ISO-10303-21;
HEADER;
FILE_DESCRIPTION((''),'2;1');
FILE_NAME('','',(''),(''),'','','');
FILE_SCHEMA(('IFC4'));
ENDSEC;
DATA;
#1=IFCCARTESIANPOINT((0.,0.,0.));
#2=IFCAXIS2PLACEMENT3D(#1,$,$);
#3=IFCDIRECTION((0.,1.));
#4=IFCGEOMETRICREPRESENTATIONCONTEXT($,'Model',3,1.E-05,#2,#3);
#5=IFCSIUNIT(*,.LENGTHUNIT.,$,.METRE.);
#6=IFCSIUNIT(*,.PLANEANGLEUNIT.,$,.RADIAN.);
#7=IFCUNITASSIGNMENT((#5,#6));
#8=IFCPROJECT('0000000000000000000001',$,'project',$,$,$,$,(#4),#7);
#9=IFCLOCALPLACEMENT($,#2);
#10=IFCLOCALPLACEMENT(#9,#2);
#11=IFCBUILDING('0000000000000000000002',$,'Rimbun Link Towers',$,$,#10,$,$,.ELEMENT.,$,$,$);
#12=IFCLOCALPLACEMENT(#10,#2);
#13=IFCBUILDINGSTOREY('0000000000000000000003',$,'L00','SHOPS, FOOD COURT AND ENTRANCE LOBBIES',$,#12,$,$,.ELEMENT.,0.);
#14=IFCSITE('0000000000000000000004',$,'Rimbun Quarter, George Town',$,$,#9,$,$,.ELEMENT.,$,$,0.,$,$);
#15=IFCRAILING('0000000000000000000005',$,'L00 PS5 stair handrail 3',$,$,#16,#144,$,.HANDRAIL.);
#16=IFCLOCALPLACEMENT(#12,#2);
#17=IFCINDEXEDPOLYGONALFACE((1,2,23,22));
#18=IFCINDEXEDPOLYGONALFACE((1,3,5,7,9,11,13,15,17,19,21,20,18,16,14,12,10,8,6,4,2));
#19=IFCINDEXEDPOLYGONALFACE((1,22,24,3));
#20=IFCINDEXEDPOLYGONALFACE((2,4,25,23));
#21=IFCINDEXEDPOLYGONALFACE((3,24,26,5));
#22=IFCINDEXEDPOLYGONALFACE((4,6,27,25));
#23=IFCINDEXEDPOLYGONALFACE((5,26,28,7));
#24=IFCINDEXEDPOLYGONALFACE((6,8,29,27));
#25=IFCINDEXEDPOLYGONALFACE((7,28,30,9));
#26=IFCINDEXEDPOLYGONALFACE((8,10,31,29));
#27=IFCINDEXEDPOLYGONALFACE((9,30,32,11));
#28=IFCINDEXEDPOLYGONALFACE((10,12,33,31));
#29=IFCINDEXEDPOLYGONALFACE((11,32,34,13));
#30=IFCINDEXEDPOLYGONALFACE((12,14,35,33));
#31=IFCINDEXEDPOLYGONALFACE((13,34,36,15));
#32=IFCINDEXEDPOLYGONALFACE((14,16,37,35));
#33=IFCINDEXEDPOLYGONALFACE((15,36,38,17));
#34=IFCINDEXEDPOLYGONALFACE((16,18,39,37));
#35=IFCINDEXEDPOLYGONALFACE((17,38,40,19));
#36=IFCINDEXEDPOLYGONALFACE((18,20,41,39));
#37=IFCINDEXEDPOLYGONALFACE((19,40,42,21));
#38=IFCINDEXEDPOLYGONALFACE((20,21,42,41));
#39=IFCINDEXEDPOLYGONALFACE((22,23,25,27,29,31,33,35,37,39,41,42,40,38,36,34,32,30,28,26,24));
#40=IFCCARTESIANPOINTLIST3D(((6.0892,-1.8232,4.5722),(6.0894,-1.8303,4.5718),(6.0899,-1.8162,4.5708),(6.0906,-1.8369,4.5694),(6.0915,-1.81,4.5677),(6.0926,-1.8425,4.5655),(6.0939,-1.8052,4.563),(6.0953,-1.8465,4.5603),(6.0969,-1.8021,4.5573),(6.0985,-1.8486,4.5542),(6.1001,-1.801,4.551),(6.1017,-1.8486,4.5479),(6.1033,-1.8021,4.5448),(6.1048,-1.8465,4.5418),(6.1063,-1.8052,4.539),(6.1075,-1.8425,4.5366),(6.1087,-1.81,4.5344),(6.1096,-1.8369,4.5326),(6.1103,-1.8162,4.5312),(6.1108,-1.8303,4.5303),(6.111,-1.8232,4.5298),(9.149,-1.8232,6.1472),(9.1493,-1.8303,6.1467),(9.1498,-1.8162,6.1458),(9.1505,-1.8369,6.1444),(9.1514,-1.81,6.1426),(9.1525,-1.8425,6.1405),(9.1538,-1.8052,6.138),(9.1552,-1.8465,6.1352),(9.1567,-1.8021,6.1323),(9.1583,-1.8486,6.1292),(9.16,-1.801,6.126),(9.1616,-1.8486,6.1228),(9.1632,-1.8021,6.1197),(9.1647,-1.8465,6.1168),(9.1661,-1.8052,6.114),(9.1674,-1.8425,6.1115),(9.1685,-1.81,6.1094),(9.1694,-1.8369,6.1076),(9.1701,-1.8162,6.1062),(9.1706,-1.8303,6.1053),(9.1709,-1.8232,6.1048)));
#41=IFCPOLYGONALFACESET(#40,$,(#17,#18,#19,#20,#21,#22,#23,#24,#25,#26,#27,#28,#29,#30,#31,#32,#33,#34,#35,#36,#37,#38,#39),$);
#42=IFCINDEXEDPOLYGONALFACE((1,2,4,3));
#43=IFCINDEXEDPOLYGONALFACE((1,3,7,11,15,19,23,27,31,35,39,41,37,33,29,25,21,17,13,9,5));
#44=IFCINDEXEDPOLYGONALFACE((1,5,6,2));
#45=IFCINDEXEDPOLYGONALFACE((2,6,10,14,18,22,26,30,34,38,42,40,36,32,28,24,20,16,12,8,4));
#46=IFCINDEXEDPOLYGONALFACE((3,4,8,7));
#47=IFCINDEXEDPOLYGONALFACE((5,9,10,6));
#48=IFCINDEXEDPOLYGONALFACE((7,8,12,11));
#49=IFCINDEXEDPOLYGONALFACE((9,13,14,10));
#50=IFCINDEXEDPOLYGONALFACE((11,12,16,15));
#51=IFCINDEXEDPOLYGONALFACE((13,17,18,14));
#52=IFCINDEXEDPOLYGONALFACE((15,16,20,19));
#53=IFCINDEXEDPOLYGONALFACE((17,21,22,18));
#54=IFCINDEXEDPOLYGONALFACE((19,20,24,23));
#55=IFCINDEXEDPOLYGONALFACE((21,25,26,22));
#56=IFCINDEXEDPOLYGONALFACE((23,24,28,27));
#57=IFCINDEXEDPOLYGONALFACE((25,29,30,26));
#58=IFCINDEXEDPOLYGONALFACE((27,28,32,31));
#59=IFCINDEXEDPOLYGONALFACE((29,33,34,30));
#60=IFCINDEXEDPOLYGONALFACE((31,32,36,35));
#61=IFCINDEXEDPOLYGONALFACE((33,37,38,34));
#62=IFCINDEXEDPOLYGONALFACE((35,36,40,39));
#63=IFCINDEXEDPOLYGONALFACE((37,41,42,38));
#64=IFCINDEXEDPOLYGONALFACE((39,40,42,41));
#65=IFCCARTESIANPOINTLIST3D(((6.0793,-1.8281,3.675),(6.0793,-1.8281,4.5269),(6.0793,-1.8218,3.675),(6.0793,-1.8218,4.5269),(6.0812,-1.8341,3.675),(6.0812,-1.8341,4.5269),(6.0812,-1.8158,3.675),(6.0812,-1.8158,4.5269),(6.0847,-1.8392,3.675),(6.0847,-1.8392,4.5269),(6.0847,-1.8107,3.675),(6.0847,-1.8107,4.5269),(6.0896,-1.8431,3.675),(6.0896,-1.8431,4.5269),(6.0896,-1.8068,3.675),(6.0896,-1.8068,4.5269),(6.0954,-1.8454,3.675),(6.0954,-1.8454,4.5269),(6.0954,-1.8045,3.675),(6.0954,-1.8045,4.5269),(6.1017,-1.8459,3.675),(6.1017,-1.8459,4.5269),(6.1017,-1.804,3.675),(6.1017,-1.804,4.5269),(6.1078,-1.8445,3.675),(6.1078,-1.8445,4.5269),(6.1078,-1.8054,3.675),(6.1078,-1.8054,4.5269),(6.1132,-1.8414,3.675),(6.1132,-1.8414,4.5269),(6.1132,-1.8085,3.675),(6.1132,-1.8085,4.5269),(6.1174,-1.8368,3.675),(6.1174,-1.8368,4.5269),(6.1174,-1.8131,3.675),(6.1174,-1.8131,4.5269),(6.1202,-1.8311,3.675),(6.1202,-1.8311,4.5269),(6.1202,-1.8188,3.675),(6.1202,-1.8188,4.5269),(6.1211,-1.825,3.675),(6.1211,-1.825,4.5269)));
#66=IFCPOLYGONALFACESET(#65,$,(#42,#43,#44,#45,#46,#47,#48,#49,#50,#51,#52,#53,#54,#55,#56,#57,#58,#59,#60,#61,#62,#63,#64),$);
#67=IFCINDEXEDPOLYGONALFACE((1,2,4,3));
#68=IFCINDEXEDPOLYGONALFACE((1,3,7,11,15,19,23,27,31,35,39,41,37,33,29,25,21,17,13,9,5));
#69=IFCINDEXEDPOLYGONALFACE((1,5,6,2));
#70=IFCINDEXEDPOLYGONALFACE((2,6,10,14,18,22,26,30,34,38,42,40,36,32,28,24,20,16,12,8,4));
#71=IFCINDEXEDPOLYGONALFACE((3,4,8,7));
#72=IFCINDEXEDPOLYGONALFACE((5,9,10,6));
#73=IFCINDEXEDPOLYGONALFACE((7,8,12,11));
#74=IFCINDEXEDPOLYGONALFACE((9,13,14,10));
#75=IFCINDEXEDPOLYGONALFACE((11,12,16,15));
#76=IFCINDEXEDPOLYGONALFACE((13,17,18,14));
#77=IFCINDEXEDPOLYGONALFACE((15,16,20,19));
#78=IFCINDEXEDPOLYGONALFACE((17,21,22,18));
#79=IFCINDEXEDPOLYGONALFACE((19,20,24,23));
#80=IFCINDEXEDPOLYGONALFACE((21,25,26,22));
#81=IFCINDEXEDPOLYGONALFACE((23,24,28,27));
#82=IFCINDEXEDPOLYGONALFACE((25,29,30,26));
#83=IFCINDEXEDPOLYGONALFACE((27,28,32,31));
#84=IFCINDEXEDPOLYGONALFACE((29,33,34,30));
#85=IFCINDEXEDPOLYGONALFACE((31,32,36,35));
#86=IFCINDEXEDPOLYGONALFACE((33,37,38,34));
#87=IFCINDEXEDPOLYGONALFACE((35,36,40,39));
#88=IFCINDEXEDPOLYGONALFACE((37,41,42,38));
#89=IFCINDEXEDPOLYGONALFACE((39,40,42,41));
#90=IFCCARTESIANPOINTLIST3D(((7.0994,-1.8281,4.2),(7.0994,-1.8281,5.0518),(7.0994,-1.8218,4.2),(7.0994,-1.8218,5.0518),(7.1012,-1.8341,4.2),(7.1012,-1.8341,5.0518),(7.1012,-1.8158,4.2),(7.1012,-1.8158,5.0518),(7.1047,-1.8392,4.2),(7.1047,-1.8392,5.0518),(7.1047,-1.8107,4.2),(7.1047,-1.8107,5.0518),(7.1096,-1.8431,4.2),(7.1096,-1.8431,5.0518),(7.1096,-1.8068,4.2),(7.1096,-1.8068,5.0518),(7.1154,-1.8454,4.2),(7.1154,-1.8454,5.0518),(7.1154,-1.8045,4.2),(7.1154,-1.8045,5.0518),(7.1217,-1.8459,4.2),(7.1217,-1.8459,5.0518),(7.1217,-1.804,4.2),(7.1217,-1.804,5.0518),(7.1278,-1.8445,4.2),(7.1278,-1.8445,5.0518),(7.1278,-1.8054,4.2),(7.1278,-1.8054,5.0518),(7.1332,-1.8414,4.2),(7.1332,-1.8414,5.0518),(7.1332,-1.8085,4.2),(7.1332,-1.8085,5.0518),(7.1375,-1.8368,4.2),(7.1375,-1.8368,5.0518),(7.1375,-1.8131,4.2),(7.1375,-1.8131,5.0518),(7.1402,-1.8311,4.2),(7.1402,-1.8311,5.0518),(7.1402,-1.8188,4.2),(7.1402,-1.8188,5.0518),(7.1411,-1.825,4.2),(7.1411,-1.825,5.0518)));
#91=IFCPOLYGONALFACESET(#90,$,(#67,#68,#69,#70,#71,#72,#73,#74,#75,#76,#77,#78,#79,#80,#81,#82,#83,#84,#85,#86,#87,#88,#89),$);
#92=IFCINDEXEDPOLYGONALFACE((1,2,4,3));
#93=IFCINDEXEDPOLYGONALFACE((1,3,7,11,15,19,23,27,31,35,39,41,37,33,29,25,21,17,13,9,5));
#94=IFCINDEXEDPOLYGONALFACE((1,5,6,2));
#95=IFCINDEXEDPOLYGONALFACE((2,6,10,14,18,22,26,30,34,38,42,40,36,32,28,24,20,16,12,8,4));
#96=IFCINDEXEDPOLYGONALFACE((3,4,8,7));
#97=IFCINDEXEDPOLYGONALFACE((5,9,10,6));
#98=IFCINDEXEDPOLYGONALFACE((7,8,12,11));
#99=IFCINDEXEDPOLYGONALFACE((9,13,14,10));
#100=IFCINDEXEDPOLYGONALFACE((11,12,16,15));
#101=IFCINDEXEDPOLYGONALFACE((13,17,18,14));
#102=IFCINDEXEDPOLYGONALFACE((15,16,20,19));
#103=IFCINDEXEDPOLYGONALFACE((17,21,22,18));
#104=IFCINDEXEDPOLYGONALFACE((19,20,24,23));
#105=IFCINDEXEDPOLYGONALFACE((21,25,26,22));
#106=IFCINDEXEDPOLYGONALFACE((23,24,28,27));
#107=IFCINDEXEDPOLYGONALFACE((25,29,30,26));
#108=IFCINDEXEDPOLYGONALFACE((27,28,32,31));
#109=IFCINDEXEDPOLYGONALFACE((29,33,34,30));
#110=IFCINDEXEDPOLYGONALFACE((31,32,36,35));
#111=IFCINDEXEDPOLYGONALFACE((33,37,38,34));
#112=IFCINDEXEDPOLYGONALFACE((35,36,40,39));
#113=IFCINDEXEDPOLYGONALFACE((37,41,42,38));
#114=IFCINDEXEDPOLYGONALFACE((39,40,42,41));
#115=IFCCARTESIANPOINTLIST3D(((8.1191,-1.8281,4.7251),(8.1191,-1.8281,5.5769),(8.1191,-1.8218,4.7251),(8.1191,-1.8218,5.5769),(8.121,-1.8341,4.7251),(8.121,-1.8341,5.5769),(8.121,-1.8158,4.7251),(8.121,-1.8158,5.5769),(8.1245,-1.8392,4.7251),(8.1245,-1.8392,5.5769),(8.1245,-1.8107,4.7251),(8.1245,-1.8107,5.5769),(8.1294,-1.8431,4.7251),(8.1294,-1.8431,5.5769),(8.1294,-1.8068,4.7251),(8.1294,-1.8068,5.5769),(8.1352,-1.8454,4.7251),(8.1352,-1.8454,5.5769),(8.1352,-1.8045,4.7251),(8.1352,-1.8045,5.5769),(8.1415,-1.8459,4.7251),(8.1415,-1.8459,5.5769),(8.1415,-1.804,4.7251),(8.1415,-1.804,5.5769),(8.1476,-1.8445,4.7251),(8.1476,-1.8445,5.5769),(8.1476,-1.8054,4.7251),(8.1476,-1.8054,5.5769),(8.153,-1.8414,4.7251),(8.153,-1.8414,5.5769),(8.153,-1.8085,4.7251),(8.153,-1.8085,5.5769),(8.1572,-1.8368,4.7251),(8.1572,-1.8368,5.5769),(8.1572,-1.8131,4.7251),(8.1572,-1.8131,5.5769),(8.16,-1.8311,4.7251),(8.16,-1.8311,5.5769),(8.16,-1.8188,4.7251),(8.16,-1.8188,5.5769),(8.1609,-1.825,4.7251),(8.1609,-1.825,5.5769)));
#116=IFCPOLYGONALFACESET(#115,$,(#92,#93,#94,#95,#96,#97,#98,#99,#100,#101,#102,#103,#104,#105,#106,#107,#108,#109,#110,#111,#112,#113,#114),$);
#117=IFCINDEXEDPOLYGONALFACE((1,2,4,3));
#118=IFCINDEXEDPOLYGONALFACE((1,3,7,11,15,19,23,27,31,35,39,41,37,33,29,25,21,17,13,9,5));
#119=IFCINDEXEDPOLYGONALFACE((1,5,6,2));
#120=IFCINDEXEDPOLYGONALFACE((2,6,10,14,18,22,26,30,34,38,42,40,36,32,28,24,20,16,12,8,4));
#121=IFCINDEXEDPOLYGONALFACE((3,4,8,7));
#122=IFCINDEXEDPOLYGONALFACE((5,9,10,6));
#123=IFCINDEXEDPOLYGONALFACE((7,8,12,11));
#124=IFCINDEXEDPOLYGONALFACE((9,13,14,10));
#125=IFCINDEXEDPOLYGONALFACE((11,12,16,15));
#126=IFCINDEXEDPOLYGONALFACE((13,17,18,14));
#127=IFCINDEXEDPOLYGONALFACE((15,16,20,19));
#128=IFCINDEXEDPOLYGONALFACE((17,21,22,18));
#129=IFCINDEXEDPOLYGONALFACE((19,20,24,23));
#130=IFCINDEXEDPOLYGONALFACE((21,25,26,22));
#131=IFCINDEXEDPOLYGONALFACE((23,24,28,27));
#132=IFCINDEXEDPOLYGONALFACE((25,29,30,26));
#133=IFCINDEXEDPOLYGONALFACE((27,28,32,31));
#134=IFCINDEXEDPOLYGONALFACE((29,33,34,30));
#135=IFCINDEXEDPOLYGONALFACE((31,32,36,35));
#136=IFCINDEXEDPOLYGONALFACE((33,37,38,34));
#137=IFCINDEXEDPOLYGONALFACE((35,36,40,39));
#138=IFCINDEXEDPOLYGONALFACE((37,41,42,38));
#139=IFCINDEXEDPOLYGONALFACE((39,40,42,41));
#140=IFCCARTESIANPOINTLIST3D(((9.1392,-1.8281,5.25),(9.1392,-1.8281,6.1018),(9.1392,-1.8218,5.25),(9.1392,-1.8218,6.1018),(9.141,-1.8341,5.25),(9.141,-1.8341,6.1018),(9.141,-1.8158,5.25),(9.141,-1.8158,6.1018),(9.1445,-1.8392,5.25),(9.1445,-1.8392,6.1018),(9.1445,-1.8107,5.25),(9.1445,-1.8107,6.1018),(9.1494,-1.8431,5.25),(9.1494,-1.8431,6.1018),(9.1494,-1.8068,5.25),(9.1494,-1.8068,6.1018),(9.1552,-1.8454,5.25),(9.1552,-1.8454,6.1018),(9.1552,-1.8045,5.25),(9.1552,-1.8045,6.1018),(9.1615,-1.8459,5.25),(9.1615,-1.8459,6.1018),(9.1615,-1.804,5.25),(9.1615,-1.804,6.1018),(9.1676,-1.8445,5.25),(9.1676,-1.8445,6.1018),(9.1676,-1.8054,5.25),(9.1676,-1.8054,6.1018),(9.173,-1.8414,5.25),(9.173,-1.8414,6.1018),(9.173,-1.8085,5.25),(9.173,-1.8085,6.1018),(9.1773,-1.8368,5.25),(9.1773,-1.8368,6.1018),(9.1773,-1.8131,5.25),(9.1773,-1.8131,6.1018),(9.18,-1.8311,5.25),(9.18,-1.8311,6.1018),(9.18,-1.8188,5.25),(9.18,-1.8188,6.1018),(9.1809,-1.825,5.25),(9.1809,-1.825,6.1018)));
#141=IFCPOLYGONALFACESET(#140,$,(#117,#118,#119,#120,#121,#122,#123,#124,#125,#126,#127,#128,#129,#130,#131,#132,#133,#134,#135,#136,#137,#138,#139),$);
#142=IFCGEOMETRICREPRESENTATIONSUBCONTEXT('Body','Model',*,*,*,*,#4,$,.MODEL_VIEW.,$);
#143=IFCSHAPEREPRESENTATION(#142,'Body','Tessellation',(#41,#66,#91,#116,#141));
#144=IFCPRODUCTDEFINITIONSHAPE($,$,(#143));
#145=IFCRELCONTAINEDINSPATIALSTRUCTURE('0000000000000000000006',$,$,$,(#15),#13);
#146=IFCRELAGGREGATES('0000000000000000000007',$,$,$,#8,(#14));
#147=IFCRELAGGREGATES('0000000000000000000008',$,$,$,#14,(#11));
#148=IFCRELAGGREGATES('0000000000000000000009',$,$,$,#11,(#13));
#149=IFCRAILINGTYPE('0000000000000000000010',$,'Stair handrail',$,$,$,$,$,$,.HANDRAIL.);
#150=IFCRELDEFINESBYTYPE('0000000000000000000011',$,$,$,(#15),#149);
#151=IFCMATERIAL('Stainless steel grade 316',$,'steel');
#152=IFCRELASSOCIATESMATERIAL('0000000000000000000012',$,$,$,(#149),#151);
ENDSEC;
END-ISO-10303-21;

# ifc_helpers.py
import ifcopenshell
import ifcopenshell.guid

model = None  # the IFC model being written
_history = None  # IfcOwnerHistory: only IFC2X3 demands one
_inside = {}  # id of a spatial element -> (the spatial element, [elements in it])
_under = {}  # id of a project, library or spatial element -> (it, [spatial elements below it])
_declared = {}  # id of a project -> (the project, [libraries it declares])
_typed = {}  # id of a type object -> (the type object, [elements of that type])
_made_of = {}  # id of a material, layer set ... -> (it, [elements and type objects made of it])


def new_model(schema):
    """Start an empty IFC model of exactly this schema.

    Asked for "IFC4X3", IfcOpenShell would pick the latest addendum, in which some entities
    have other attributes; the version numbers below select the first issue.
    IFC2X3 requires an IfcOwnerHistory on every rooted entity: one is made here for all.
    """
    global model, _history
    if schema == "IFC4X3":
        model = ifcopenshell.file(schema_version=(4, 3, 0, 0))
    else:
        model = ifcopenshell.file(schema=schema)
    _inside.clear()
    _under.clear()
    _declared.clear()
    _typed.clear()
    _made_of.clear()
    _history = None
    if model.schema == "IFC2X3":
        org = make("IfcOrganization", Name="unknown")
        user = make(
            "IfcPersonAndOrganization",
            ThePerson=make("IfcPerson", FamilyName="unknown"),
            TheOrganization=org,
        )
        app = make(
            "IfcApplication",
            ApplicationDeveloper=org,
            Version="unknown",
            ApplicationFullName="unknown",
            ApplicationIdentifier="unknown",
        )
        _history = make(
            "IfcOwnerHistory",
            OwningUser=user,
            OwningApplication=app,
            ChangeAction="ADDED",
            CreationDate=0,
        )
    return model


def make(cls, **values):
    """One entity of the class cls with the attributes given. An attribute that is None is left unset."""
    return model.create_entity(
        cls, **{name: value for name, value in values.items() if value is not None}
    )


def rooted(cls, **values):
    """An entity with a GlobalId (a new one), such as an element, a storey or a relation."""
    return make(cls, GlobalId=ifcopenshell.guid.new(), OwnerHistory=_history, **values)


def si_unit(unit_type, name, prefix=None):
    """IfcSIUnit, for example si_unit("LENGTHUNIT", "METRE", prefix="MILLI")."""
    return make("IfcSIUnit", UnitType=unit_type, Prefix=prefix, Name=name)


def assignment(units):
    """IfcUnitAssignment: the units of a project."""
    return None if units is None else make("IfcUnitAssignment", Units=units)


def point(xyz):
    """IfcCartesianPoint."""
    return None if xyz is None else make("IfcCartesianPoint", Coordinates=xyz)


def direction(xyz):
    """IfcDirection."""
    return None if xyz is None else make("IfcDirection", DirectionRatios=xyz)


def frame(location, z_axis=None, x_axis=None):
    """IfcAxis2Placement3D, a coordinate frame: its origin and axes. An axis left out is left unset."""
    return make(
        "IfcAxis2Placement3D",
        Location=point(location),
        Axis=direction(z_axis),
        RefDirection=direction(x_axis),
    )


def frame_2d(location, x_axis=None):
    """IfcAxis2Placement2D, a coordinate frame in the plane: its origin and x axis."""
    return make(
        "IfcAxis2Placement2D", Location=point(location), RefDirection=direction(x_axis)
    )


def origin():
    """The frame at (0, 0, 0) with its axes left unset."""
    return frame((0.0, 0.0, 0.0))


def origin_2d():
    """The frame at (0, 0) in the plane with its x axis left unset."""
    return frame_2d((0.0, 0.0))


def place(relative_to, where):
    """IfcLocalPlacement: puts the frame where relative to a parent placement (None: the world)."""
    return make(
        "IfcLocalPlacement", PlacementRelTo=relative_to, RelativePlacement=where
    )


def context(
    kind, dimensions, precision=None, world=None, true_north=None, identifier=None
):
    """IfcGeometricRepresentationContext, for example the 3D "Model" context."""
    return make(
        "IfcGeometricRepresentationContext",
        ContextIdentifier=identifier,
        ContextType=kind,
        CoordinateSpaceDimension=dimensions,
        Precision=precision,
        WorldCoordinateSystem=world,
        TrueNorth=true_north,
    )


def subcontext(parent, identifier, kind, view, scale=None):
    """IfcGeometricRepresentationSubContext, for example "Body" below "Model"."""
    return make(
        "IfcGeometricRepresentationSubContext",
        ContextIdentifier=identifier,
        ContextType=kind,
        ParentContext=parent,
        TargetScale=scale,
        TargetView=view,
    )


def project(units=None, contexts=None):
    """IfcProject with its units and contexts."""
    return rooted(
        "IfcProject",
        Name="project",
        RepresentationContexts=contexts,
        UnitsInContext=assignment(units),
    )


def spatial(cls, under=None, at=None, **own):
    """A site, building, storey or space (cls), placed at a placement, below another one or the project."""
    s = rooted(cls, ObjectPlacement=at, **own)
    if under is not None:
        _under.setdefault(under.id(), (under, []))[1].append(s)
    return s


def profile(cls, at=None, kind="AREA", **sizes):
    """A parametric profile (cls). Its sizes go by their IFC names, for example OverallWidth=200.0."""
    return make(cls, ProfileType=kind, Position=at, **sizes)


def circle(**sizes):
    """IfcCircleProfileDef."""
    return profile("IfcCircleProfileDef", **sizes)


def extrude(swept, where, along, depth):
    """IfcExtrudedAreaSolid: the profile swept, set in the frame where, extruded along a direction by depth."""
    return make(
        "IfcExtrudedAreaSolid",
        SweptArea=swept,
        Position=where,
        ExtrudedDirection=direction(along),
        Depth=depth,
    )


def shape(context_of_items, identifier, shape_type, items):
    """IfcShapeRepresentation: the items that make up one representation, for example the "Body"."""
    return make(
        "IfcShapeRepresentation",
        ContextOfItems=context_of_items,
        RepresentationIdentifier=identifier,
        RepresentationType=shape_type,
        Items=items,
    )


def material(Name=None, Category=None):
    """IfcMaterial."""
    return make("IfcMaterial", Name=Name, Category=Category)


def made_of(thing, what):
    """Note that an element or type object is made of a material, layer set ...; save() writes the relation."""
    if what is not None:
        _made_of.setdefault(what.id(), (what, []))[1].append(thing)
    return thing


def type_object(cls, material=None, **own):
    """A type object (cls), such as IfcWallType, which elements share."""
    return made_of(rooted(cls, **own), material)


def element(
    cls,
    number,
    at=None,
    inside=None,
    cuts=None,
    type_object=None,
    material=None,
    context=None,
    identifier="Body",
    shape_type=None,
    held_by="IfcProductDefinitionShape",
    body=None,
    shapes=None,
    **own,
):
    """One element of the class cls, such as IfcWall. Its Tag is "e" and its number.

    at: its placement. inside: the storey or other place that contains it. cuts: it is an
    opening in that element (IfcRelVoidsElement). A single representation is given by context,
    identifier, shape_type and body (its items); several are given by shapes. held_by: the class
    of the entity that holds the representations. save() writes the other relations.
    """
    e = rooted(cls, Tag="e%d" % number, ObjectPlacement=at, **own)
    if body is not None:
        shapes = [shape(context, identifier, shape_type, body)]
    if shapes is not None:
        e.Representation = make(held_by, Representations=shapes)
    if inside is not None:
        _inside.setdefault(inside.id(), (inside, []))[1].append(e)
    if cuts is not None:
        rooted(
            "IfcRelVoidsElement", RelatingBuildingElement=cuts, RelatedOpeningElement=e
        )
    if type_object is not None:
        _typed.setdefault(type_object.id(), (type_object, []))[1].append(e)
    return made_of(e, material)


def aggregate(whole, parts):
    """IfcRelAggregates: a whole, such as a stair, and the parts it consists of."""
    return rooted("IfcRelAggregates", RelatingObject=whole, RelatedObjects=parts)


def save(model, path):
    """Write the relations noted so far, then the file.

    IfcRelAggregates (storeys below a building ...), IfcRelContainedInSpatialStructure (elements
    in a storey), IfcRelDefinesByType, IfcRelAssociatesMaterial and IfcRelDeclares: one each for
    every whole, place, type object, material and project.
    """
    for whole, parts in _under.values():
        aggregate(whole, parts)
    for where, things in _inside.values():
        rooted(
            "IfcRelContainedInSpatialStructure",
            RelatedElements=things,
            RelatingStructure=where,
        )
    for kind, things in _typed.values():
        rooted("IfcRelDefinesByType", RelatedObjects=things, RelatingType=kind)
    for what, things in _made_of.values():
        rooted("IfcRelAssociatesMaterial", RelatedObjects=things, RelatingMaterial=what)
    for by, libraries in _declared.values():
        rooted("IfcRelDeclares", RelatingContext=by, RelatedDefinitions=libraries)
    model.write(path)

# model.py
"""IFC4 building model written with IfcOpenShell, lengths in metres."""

from ifc_helpers import new_model, si_unit, direction, frame, origin, origin_2d, place, context, subcontext, project, spatial, circle, extrude, material, type_object, element, save


model = new_model("IFC4")

# Units and contexts
model_context = context("Model", 3, precision=1e-05, world=origin(), true_north=direction((0.0, 1.0)))
body_context = subcontext(model_context, "Body", "Model", "MODEL_VIEW")
ifc_project = project(units=[si_unit("LENGTHUNIT", "METRE"), si_unit("PLANEANGLEUNIT", "RADIAN")], contexts=[model_context])

# Site, building, storey
site_placement = place(None, origin())
site = spatial("IfcSite", under=ifc_project, at=site_placement, Name="Rimbun Quarter, George Town", CompositionType="ELEMENT", RefElevation=0.0)
building_placement = place(site_placement, origin())
building = spatial("IfcBuilding", under=site, at=building_placement, Name="Rimbun Link Towers", CompositionType="ELEMENT")
storey_placement = place(building_placement, origin())
storey = spatial("IfcBuildingStorey", under=building, at=storey_placement, Name="L00", Description="SHOPS, FOOD COURT AND ENTRANCE LOBBIES", CompositionType="ELEMENT", Elevation=0.0)

# Railing
ifc_material_1 = material(Name="Stainless steel grade 316", Category="steel")
railing_type_1 = type_object("IfcRailingType", Name="Stair handrail", PredefinedType="HANDRAIL", material=ifc_material_1)
for number, where, name in (
    (1, (6.1001, -1.825, 3.675), "L00 PS5 stair handrail 3"),
):
    element("IfcRailing", number, at=place(storey_placement, frame(where)), inside=storey, type_object=railing_type_1, Name=name, PredefinedType="HANDRAIL", context=body_context, shape_type="SweptSolid", body=[
        extrude(circle(Radius=0.0239, at=origin_2d()), frame((0.0, 0.0, 0.876), z_axis=(0.88913, 0.0, 0.457654), x_axis=(0.0, 1.0, 0.0)), (0.0, 0.0, 1.0), 3.4414),
        extrude(circle(Radius=0.021, at=origin_2d()), origin(), (0.0, 0.0, 1.0), 0.8518),
        extrude(circle(Radius=0.021, at=origin_2d()), frame((1.02, 0.0, 0.5249)), (0.0, 0.0, 1.0), 0.8518),
        extrude(circle(Radius=0.021, at=origin_2d()), frame((2.0398, 0.0, 1.05)), (0.0, 0.0, 1.0), 0.8518),
        extrude(circle(Radius=0.021, at=origin_2d()), frame((3.0598, 0.0, 1.575)), (0.0, 0.0, 1.0), 0.8518),
    ])

save(model, "model.ifc")
